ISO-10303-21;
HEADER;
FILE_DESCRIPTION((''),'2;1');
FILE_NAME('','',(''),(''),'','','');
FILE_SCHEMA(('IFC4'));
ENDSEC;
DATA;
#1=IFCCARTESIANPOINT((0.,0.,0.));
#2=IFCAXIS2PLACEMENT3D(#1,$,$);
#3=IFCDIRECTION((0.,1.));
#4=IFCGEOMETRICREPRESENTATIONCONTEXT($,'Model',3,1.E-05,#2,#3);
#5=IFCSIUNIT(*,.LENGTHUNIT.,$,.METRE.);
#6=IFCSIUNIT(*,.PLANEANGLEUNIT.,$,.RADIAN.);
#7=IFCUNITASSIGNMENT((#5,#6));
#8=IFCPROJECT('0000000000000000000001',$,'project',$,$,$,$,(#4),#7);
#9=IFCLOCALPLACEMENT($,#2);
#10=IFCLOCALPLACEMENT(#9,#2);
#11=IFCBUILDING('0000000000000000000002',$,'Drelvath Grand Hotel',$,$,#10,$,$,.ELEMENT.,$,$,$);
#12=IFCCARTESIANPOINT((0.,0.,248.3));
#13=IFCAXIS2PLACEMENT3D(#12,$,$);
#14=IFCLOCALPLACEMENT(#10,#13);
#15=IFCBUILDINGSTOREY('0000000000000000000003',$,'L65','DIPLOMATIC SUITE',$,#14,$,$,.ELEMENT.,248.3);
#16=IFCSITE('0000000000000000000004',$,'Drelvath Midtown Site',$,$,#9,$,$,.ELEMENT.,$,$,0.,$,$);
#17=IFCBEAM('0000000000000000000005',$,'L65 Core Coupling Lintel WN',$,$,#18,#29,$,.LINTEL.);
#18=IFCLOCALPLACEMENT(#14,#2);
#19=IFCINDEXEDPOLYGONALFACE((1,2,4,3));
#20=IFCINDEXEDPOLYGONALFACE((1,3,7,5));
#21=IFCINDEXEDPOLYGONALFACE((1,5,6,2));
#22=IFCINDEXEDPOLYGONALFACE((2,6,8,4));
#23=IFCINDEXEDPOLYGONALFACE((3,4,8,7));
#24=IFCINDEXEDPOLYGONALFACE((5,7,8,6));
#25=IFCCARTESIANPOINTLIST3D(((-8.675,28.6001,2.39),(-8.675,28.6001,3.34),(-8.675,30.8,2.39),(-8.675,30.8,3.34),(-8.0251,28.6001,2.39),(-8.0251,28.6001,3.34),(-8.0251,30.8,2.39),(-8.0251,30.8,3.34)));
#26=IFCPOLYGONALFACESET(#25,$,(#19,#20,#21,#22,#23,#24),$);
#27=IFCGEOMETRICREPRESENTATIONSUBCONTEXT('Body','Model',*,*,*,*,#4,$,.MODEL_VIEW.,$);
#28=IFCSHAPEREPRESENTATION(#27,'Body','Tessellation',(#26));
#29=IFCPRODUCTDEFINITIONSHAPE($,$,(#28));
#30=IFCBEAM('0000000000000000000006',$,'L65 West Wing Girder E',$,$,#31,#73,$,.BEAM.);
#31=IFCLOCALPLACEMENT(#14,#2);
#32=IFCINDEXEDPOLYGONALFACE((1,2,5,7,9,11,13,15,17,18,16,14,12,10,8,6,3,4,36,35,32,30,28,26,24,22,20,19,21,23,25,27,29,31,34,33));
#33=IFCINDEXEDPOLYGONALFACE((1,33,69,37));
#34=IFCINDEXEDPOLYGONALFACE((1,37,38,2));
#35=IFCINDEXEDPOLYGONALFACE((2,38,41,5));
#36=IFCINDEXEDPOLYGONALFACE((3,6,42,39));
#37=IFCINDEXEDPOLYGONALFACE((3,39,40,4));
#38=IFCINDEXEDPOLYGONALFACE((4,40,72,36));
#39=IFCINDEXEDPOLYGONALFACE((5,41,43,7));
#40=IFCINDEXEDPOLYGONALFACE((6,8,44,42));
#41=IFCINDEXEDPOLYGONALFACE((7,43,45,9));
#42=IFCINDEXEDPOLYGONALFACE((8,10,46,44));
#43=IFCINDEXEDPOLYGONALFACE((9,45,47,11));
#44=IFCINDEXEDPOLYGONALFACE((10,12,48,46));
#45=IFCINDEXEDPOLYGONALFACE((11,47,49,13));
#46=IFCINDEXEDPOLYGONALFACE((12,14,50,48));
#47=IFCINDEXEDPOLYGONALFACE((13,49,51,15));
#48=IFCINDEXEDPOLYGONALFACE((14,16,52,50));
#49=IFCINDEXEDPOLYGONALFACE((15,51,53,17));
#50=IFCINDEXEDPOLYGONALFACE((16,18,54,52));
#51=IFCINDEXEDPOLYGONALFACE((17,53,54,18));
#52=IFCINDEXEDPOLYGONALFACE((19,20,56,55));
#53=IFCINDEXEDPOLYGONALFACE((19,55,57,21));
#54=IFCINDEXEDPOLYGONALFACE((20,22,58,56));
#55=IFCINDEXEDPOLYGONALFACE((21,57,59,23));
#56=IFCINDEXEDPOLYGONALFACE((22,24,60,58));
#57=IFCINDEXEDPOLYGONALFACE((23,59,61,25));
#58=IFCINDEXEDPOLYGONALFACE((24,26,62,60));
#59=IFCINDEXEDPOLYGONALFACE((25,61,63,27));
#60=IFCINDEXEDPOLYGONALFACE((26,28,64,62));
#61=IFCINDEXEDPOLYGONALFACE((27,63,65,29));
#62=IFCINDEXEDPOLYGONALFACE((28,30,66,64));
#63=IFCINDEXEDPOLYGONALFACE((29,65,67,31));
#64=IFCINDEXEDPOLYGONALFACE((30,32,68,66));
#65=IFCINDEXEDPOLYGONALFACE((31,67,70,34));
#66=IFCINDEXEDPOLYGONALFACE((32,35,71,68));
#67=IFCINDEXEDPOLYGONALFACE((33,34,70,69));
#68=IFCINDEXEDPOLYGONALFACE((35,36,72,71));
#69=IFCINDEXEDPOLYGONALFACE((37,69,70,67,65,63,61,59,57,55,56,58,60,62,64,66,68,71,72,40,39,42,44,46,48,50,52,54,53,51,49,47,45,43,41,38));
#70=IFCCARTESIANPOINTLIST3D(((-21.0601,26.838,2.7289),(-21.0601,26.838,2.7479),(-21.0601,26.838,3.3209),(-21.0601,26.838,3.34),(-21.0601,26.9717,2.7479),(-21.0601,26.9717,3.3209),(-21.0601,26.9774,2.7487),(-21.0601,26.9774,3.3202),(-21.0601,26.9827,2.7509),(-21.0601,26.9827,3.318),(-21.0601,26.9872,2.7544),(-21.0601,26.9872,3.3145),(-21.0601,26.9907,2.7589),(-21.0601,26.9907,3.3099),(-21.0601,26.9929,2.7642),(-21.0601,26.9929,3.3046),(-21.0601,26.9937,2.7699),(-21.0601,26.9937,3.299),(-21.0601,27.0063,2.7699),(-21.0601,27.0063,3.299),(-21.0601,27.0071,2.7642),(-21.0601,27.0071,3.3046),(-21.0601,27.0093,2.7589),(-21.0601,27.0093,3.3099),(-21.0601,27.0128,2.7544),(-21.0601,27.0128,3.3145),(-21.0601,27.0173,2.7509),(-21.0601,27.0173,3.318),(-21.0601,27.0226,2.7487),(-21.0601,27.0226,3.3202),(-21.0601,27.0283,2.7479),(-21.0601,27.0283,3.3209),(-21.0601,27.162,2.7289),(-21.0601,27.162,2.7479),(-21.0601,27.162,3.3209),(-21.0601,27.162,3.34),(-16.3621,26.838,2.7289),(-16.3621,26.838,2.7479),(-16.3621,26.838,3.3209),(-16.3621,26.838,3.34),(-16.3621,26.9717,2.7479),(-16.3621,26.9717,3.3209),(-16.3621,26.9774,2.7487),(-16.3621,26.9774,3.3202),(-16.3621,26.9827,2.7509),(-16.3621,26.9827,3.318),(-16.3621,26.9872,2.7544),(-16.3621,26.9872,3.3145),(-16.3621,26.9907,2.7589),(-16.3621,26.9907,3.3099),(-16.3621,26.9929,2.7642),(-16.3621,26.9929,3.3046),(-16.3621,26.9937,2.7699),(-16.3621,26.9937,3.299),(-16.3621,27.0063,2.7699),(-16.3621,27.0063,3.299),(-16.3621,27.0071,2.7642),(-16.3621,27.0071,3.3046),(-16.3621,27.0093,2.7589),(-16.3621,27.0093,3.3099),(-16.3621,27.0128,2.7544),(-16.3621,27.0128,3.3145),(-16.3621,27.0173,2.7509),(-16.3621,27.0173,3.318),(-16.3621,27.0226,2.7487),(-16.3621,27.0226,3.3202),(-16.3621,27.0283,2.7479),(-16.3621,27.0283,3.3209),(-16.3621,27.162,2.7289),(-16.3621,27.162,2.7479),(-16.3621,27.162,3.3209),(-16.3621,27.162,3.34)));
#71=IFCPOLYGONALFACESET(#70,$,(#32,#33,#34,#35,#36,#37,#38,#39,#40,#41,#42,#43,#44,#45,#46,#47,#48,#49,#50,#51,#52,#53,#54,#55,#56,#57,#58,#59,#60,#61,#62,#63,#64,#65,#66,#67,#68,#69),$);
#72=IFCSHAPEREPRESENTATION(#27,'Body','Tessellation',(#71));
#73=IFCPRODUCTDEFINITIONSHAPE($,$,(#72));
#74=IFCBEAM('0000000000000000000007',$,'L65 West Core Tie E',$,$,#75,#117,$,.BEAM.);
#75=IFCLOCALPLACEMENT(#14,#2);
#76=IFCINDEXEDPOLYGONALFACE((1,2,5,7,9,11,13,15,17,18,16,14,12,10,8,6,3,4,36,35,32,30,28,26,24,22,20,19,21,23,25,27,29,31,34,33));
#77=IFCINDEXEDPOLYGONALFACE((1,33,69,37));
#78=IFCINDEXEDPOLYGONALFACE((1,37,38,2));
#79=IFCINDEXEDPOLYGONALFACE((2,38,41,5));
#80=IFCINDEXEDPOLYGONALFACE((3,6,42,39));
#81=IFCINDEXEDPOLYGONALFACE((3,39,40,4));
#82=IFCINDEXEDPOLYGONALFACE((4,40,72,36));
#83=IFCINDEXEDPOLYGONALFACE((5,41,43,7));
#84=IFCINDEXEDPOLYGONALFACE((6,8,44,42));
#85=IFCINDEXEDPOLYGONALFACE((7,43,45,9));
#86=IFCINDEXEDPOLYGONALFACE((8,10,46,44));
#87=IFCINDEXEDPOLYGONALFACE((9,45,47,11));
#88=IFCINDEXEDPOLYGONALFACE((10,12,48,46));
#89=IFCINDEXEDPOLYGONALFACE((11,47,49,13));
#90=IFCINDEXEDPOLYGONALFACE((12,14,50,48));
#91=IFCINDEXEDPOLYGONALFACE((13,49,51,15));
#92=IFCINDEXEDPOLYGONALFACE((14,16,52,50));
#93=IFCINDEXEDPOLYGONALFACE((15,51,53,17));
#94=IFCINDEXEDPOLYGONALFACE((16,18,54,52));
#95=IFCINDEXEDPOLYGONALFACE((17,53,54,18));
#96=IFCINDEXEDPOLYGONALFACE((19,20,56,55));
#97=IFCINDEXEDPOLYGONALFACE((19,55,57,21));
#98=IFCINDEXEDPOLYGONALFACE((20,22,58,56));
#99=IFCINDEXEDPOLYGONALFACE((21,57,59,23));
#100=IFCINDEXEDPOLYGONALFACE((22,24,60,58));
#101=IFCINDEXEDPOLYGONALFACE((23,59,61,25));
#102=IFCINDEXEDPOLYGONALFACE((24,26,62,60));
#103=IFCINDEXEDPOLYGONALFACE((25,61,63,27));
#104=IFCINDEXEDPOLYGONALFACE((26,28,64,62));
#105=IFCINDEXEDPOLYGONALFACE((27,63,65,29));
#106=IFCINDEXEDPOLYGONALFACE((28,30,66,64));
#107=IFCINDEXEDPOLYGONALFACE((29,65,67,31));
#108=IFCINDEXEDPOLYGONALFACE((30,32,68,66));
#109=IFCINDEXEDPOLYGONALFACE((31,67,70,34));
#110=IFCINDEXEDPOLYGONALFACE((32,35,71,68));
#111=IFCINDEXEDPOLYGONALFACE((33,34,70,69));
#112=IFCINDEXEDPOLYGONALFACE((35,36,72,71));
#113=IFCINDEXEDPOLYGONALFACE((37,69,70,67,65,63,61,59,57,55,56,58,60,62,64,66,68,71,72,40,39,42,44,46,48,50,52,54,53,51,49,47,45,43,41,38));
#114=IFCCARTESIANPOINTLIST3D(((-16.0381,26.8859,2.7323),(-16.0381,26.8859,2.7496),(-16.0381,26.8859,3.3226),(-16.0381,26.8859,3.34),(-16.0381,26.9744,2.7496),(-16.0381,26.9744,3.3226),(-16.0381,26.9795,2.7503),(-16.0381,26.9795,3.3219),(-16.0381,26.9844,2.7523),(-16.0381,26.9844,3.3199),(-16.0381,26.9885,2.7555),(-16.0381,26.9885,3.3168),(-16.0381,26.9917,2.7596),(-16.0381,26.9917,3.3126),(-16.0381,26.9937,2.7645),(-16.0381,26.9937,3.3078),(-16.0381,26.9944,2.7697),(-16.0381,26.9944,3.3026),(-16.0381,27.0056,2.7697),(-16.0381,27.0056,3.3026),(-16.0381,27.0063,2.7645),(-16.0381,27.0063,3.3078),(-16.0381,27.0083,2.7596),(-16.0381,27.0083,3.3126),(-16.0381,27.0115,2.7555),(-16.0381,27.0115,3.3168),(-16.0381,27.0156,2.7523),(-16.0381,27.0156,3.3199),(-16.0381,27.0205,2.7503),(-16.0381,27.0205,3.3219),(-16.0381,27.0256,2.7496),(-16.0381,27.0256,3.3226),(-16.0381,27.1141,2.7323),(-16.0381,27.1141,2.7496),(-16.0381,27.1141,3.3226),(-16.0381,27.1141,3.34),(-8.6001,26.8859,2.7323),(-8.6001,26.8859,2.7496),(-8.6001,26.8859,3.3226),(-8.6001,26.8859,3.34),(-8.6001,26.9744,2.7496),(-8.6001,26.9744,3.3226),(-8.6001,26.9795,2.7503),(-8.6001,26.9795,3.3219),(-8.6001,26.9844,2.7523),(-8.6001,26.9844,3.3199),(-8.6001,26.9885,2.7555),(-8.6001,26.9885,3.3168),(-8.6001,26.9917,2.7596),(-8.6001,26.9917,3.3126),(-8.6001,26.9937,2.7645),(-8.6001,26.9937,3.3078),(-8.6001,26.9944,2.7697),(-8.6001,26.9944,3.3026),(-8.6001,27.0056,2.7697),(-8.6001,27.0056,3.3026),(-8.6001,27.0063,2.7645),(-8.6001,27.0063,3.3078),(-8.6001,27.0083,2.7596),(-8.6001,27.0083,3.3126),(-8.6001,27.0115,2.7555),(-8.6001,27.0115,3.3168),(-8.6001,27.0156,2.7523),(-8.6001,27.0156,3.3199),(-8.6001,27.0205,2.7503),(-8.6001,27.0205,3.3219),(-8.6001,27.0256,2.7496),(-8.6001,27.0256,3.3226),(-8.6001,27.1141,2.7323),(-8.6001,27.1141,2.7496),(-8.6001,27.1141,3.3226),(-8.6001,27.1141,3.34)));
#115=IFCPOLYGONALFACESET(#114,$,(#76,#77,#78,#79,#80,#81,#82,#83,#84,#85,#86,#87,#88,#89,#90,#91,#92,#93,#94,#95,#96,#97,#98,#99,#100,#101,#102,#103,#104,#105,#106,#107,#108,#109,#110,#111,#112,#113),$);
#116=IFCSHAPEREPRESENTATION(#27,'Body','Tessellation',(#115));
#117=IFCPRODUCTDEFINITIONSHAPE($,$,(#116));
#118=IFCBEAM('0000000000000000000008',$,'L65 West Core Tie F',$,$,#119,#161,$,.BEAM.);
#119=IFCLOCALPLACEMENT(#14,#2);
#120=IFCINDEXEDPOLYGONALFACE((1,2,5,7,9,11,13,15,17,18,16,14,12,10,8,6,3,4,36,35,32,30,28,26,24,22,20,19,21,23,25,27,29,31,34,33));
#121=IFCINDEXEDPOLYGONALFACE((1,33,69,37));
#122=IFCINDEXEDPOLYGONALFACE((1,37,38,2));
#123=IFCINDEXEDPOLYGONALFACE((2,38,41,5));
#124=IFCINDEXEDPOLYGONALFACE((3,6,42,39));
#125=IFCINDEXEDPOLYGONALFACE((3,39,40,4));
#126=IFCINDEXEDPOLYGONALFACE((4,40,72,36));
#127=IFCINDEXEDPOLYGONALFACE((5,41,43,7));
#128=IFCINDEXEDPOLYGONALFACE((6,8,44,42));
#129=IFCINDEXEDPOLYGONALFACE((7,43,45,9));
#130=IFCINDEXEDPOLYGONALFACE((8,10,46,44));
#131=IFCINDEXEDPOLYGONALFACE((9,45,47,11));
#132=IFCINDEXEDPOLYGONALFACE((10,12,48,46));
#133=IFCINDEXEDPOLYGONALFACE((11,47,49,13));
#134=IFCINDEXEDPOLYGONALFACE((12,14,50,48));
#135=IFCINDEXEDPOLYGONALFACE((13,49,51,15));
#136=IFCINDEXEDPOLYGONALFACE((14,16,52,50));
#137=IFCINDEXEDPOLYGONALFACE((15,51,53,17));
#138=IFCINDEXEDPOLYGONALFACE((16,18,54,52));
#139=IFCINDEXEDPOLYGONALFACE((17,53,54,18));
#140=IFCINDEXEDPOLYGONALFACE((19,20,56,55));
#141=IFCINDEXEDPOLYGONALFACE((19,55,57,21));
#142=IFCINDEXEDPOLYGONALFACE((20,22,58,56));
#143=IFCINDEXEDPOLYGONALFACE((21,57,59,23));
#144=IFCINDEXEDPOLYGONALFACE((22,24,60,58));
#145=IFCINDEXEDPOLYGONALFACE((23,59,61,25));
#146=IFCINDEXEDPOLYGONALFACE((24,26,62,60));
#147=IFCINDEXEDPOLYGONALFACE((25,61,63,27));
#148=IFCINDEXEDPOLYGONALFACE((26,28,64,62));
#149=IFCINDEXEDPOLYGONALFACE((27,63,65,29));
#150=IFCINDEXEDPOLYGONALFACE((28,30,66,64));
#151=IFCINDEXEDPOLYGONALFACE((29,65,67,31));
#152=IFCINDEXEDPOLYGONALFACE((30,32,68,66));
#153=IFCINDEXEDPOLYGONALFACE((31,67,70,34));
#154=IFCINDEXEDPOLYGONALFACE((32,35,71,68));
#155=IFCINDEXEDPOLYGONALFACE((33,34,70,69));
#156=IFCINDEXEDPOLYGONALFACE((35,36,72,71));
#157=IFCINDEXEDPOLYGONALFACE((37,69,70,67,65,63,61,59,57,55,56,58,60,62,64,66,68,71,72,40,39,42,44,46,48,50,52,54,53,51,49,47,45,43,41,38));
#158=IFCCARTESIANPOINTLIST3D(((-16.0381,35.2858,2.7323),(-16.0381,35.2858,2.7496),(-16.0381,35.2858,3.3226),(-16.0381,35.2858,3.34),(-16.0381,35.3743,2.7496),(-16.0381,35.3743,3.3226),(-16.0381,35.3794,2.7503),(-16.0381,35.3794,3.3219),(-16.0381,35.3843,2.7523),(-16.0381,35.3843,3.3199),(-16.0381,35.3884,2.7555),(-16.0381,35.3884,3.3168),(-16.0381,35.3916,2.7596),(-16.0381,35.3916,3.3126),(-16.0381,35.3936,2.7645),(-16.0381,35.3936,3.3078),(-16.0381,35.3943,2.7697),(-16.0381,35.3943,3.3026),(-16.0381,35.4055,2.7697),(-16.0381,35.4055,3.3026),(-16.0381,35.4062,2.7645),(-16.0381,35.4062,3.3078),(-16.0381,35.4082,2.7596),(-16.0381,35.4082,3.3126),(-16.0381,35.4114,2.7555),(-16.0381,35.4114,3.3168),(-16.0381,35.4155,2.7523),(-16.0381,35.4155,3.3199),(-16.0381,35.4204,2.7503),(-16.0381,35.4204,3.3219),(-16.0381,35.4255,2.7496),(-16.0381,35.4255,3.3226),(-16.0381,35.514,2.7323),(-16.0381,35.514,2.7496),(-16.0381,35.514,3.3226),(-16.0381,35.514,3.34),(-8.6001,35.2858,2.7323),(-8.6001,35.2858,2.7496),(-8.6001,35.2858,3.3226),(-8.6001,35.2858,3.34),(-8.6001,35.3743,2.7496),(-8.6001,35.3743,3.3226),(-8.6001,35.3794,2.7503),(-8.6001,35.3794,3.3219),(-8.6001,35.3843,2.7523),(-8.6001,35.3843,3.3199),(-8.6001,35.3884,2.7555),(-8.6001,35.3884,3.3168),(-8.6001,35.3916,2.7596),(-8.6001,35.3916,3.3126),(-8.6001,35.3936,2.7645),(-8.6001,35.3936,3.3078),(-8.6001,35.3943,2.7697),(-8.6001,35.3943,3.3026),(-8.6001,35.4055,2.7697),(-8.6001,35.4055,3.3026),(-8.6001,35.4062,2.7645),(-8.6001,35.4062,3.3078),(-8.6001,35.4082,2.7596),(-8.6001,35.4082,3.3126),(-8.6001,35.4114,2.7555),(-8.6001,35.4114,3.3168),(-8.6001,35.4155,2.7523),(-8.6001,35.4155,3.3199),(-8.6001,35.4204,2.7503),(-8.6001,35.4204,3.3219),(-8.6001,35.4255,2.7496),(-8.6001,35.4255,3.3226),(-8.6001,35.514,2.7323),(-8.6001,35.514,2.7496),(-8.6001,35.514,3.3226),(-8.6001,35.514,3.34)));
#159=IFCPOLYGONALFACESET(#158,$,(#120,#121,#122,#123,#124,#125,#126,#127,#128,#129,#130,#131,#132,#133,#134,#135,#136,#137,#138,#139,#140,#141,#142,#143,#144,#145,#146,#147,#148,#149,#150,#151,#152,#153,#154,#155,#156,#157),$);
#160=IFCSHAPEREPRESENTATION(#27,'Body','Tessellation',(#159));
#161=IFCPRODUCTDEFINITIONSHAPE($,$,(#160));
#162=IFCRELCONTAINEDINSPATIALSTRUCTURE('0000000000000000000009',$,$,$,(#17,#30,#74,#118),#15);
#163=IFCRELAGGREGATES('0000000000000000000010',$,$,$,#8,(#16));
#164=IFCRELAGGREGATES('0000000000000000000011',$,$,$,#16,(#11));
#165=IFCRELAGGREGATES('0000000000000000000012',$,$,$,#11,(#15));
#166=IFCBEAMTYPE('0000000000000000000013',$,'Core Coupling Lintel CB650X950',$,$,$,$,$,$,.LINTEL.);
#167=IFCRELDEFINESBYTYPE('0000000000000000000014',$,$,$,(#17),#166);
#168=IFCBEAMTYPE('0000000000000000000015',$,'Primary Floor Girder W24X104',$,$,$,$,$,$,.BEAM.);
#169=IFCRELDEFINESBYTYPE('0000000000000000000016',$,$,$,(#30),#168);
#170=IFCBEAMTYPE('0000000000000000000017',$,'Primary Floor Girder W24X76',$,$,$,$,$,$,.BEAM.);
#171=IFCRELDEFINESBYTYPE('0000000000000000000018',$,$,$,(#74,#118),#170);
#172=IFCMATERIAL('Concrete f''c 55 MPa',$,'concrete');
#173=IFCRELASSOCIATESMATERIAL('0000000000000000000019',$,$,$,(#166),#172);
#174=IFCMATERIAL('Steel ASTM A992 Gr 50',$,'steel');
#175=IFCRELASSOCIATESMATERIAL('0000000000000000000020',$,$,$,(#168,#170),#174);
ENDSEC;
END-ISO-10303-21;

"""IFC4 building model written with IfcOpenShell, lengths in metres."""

from ifc_helpers import new_model, si_unit, direction, frame, origin, origin_2d, place, context, subcontext, project, spatial, rectangle, i_section, extrude, material, material_profile, profile_set, type_object, element, save


model = new_model("IFC4")

# Units and contexts
model_context = context("Model", 3, precision=1e-05, world=origin(), true_north=direction((0.0, 1.0)))
body_context = subcontext(model_context, "Body", "Model", "MODEL_VIEW")
ifc_project = project(units=[si_unit("LENGTHUNIT", "METRE"), si_unit("PLANEANGLEUNIT", "RADIAN")], contexts=[model_context])

# Site, building, storey
site_placement = place(None, origin())
site = spatial("IfcSite", under=ifc_project, at=site_placement, Name="Drelvath Midtown Site", CompositionType="ELEMENT", RefElevation=0.0)
building_placement = place(site_placement, origin())
building = spatial("IfcBuilding", under=site, at=building_placement, Name="Drelvath Grand Hotel", CompositionType="ELEMENT")
storey_placement = place(building_placement, frame((0.0, 0.0, 248.3)))
storey = spatial("IfcBuildingStorey", under=building, at=storey_placement, Name="L65", Description="DIPLOMATIC SUITE", CompositionType="ELEMENT", Elevation=248.3)

# Beams
ifc_material_1 = material(Name="Concrete f'c 55 MPa", Category="concrete")
ifc_material_profile_1 = material_profile(ifc_material_1, rectangle(XDim=0.6499, YDim=0.95, at=origin_2d()), Name="CB650X950")
ifc_profile_set_1 = profile_set([ifc_material_profile_1], Name="Concrete f'c 55 MPa")
beam_type_1 = type_object("IfcBeamType", Name="Core Coupling Lintel CB650X950", PredefinedType="LINTEL", material=ifc_profile_set_1)
beam_1_placement = place(storey_placement, frame((-8.3501, 28.6001, 2.865), z_axis=(0.0, 1.0, 0.0), x_axis=(-1.0, 0.0, 0.0)))
element("IfcBeam", 1, at=beam_1_placement, inside=storey, type_object=beam_type_1, Name="L65 Core Coupling Lintel WN", PredefinedType="LINTEL", context=body_context, shape_type="SweptSolid", body=[
    extrude(rectangle(XDim=0.6499, YDim=0.95, at=origin_2d()), origin(), (0.0, 0.0, 1.0), 2.2),
])
ifc_material_2 = material(Name="Steel ASTM A992 Gr 50", Category="steel")
ifc_material_profile_2 = material_profile(ifc_material_2, i_section(OverallWidth=0.324, OverallDepth=0.6111, WebThickness=0.0127, FlangeThickness=0.019, FilletRadius=0.022, at=origin_2d()), Name="W24X104")
ifc_profile_set_2 = profile_set([ifc_material_profile_2], Name="Steel ASTM A992 Gr 50")
beam_type_2 = type_object("IfcBeamType", Name="Primary Floor Girder W24X104", PredefinedType="BEAM", material=ifc_profile_set_2)
beam_2_placement = place(storey_placement, frame((-21.0601, 27.0, 3.0344), z_axis=(1.0, 0.0, 0.0), x_axis=(0.0, 1.0, 0.0)))
element("IfcBeam", 2, at=beam_2_placement, inside=storey, type_object=beam_type_2, Name="L65 West Wing Girder E", PredefinedType="BEAM", context=body_context, shape_type="SweptSolid", body=[
    extrude(i_section(OverallWidth=0.324, OverallDepth=0.6111, WebThickness=0.0127, FlangeThickness=0.019, FilletRadius=0.022, at=origin_2d()), origin(), (0.0, 0.0, 1.0), 4.698),
])
ifc_material_profile_3 = material_profile(ifc_material_2, i_section(OverallWidth=0.2283, OverallDepth=0.6077, WebThickness=0.0112, FlangeThickness=0.0173, FilletRadius=0.02, at=origin_2d()), Name="W24X76")
ifc_profile_set_3 = profile_set([ifc_material_profile_3], Name="Steel ASTM A992 Gr 50")
beam_type_3 = type_object("IfcBeamType", Name="Primary Floor Girder W24X76", PredefinedType="BEAM", material=ifc_profile_set_3)
for number, where, z_axis, x_axis, name in (
    (3, (-16.0381, 27.0, 3.0361), (1.0, 0.0, 0.0), (0.0, 1.0, 0.0), "L65 West Core Tie E"),
    (4, (-16.0381, 35.3999, 3.0361), (1.0, 0.0, 0.0), (0.0, 1.0, 0.0), "L65 West Core Tie F"),
):
    element("IfcBeam", number, at=place(storey_placement, frame(where, z_axis=z_axis, x_axis=x_axis)), inside=storey, type_object=beam_type_3, Name=name, PredefinedType="BEAM", context=body_context, shape_type="SweptSolid", body=[
        extrude(i_section(OverallWidth=0.2283, OverallDepth=0.6077, WebThickness=0.0112, FlangeThickness=0.0173, FilletRadius=0.02, at=origin_2d()), origin(), (0.0, 0.0, 1.0), 7.438),
    ])

save(model, "model.ifc")
